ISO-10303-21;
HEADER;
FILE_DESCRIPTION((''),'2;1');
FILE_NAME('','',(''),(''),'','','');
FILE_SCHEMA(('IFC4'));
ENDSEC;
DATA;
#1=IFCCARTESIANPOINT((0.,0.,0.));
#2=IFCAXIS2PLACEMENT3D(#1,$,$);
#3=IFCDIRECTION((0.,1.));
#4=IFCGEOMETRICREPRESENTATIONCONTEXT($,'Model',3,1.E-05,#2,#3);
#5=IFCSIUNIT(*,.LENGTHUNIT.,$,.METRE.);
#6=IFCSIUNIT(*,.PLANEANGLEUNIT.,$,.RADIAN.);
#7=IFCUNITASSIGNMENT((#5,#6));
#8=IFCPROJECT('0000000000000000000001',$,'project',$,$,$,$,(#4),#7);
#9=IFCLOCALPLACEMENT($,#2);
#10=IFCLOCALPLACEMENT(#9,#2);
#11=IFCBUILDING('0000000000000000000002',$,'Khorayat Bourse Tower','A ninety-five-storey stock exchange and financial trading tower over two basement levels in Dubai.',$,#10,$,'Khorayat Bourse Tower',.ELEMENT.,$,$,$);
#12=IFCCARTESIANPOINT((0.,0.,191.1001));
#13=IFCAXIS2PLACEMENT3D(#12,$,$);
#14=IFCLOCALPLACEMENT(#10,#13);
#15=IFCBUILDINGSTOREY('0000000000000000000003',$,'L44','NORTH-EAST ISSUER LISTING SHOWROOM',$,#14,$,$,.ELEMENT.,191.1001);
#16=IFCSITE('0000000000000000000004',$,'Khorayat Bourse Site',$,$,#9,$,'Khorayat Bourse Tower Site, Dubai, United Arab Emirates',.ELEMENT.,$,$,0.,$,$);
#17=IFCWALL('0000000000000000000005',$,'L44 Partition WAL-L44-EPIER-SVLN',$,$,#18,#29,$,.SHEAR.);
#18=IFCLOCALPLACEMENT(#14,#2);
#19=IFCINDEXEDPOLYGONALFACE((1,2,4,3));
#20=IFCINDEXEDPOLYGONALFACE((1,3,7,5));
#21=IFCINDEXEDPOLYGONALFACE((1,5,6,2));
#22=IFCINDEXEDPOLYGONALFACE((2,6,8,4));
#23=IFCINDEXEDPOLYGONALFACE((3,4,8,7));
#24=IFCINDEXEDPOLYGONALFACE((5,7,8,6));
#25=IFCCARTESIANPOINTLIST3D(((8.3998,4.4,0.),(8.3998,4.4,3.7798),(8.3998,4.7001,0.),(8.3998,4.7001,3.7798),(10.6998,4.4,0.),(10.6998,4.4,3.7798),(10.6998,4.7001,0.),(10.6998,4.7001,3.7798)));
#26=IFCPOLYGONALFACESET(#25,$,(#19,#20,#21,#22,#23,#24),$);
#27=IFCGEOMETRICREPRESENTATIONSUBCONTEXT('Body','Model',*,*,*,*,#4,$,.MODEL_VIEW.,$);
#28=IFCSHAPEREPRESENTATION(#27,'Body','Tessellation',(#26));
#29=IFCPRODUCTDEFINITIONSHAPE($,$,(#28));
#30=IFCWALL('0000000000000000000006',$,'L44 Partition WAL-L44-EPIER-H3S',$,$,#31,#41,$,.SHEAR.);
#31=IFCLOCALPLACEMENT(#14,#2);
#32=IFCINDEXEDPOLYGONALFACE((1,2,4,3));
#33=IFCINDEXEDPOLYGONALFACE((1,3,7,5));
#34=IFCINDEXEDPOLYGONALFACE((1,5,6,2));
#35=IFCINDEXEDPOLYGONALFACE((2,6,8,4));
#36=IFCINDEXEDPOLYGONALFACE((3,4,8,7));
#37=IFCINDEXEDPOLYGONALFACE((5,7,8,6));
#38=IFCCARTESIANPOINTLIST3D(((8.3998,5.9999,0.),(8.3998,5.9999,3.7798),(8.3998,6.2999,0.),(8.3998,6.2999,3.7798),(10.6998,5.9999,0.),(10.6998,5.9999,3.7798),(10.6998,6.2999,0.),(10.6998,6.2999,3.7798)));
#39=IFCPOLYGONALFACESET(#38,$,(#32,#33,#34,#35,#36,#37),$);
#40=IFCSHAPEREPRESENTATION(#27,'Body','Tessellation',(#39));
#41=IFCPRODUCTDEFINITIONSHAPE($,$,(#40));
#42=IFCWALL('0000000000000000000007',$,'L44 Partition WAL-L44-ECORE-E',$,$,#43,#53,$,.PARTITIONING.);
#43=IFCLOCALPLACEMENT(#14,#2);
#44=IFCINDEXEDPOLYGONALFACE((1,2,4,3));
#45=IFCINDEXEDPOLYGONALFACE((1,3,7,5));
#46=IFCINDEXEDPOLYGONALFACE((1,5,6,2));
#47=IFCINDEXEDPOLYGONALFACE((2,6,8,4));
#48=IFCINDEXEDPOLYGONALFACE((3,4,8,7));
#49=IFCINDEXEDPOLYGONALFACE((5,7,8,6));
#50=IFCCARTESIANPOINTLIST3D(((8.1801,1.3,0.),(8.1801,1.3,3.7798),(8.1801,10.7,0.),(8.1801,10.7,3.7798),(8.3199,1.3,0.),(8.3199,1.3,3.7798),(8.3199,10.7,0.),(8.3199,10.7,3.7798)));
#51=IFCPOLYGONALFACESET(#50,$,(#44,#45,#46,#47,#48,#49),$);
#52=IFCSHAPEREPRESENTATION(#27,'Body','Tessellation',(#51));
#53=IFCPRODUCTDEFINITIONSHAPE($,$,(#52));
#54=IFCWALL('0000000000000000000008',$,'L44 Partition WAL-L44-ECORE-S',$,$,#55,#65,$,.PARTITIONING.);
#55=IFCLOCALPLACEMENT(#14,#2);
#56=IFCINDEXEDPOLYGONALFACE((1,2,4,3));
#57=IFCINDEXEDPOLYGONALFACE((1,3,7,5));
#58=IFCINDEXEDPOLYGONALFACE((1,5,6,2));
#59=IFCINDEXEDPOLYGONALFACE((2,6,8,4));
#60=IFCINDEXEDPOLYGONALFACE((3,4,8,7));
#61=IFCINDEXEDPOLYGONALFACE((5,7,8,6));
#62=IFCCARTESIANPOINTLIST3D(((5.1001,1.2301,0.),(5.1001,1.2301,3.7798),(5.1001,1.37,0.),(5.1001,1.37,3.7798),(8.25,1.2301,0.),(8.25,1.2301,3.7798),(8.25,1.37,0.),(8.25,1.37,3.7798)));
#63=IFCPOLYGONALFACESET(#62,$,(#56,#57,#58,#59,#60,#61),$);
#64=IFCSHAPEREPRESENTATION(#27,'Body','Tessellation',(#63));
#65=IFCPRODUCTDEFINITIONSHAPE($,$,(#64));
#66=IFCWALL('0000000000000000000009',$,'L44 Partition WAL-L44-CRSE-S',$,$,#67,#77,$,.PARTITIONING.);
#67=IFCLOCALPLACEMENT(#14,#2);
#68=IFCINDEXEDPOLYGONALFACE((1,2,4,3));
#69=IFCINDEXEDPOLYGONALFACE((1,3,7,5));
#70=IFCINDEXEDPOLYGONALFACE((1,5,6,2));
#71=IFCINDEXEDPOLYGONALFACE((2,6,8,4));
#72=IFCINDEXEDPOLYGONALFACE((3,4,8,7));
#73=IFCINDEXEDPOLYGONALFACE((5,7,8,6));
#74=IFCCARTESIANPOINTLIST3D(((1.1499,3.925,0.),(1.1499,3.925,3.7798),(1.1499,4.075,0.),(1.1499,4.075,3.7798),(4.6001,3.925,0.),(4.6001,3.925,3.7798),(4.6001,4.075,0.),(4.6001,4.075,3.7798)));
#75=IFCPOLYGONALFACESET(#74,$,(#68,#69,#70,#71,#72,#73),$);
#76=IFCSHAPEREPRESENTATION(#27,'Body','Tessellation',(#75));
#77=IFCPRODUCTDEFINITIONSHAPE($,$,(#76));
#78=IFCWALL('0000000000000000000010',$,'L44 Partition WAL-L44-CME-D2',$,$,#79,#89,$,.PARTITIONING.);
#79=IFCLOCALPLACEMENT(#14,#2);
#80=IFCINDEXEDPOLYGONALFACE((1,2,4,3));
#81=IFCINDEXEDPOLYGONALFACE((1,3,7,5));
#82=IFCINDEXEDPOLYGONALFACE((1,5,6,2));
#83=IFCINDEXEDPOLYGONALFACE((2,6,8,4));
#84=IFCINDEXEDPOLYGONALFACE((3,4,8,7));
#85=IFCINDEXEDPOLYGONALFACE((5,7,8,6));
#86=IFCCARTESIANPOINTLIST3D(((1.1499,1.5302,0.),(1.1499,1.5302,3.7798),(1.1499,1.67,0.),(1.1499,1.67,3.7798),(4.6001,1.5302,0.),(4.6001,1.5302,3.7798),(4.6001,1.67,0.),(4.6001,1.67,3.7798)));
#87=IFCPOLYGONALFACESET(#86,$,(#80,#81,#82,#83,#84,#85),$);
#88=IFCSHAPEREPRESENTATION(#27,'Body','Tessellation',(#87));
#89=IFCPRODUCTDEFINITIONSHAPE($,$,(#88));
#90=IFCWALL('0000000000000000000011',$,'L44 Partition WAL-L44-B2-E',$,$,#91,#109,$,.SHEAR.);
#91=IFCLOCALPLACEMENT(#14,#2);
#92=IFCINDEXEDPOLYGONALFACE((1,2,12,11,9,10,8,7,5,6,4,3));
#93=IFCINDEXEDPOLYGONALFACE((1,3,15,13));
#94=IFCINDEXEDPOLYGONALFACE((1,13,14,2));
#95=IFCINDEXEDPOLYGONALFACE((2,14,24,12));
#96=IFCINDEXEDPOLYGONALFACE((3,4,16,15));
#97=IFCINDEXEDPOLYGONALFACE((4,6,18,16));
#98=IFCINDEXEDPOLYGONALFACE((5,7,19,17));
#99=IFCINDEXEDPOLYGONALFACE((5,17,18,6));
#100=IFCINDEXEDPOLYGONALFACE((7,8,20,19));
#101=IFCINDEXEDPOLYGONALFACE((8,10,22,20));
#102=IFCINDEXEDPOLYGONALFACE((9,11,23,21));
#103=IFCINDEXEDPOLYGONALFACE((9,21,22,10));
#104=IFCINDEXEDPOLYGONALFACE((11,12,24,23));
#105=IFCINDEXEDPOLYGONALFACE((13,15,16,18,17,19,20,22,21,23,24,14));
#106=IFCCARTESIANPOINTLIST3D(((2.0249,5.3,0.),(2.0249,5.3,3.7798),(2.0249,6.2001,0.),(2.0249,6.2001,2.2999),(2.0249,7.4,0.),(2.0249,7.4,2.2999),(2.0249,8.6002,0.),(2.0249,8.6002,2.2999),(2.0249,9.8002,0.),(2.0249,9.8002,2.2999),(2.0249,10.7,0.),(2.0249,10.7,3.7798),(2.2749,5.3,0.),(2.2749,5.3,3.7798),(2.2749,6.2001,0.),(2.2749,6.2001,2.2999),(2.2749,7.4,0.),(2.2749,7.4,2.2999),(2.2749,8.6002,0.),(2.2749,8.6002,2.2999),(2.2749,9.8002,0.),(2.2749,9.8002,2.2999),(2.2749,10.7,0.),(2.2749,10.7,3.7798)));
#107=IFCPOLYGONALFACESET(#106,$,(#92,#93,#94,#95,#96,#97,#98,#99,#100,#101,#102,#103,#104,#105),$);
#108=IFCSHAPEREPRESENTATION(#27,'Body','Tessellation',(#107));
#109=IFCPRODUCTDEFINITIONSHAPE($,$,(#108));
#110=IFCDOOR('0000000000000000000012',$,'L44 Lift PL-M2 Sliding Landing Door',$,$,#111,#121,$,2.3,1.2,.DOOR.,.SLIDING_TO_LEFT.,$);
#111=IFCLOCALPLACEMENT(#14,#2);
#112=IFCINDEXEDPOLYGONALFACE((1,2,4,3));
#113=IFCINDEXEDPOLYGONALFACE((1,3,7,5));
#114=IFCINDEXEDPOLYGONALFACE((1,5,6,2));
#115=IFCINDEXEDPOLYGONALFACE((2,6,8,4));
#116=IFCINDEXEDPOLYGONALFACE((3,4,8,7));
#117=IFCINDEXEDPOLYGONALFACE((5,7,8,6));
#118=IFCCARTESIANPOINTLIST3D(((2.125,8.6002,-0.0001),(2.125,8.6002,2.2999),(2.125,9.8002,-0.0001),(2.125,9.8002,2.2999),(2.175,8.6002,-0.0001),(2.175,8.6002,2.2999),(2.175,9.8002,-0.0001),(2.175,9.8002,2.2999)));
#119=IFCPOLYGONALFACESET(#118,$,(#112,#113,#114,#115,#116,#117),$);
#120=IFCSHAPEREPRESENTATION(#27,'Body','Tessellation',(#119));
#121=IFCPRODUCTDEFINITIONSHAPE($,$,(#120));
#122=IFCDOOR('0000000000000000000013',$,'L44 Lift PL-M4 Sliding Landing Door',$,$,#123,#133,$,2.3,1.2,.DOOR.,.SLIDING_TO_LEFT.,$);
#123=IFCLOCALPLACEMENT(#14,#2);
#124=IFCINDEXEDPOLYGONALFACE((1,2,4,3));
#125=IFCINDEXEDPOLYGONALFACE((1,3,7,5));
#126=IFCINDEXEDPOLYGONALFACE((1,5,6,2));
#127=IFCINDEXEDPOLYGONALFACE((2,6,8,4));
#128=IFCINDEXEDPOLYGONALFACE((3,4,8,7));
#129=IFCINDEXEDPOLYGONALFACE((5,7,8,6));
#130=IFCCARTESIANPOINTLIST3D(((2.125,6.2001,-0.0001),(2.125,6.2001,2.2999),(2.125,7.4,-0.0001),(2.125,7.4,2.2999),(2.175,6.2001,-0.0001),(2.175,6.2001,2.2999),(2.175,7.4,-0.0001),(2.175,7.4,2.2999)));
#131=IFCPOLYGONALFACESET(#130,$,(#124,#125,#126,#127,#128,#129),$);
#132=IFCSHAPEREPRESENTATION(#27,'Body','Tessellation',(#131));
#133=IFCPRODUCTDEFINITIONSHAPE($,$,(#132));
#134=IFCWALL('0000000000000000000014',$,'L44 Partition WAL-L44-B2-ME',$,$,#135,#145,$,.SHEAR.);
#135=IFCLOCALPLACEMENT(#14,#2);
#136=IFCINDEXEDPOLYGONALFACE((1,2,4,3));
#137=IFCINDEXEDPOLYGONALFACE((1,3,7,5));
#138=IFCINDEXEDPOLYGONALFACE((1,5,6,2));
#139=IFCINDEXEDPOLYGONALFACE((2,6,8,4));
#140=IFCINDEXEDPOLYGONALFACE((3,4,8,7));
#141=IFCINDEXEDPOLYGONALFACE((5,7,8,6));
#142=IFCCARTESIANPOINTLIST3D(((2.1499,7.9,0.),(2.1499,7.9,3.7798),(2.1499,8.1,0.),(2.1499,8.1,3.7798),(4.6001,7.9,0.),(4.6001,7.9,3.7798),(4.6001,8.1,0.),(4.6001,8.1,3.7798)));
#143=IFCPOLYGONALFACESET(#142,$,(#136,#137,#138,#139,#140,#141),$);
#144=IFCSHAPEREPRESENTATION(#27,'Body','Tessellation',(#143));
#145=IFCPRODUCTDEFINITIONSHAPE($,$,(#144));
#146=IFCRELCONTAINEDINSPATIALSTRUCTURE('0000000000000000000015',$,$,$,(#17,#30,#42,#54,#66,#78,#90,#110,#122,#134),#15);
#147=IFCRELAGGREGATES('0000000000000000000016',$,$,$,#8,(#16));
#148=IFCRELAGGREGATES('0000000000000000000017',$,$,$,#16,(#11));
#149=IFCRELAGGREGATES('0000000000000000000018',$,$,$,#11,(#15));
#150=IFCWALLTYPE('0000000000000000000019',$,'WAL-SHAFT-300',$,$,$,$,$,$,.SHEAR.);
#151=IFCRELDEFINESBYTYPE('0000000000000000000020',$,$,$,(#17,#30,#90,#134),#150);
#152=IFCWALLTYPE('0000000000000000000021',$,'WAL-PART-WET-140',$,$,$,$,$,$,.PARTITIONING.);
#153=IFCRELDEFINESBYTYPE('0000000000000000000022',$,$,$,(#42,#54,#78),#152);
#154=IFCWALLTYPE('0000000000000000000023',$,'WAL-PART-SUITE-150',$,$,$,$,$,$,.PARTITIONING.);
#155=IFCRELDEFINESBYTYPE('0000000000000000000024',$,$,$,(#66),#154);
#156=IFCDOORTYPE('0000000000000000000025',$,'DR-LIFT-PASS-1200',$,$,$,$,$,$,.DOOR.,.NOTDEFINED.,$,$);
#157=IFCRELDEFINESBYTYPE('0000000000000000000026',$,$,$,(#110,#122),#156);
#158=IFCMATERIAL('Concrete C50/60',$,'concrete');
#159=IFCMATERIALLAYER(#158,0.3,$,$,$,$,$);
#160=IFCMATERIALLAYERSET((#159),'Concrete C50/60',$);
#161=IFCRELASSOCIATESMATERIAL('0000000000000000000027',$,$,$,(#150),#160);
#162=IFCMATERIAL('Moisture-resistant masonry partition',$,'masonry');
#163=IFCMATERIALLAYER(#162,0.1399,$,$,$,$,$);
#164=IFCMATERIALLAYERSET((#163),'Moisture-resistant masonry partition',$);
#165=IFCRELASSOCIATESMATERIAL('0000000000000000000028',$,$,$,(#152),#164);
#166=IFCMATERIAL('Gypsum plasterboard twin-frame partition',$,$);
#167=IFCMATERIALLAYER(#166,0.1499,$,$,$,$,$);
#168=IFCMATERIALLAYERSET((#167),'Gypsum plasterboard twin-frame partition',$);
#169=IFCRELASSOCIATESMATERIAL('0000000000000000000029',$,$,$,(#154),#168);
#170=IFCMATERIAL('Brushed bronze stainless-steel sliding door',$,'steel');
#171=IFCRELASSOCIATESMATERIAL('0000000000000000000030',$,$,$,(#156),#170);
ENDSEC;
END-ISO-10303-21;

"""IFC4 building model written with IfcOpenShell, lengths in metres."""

from ifc_helpers import new_model, si_unit, direction, frame, frame_2d, origin, place, context, subcontext, project, spatial, rectangle, extrude, source, transform, mapped, material, layer, layer_set, type_object, element, fill, save


model = new_model("IFC4")

# Units and contexts
model_context = context("Model", 3, precision=1e-05, world=origin(), true_north=direction((0.0, 1.0)))
body_context = subcontext(model_context, "Body", "Model", "MODEL_VIEW")
ifc_project = project(units=[si_unit("LENGTHUNIT", "METRE"), si_unit("PLANEANGLEUNIT", "RADIAN")], contexts=[model_context])

# Site, building, storey
site_placement = place(None, origin())
site = spatial("IfcSite", under=ifc_project, at=site_placement, Name="Khorayat Bourse Site", LongName="Khorayat Bourse Tower Site, Dubai, United Arab Emirates", CompositionType="ELEMENT", RefElevation=0.0)
building_placement = place(site_placement, origin())
building = spatial("IfcBuilding", under=site, at=building_placement, Name="Khorayat Bourse Tower", Description="A ninety-five-storey stock exchange and financial trading tower over two basement levels in Dubai.", LongName="Khorayat Bourse Tower", CompositionType="ELEMENT")
storey_placement = place(building_placement, frame((0.0, 0.0, 191.1001)))
storey = spatial("IfcBuildingStorey", under=building, at=storey_placement, Name="L44", Description="NORTH-EAST ISSUER LISTING SHOWROOM", CompositionType="ELEMENT", Elevation=191.1001)

# Walls
ifc_material_1 = material(Name="Concrete C50/60", Category="concrete")
ifc_layer_1 = layer(ifc_material_1, 0.3)
ifc_layer_set_1 = layer_set([ifc_layer_1], Name="Concrete C50/60")
wall_type_1 = type_object("IfcWallType", Name="WAL-SHAFT-300", PredefinedType="SHEAR", material=ifc_layer_set_1)
shared_shape_1 = source(origin(), body_context, "Body", "SweptSolid", [
    extrude(rectangle(XDim=2.3, YDim=0.3, at=frame_2d((1.1499, 0.0))), origin(), (0.0, 0.0, 1.0), 3.7798),
])
for number, where, z_axis, x_axis, name in (
    (1, (8.3999, 4.55, 0.0), (0.0, 0.0, 1.0), (1.0, 0.0, 0.0), "L44 Partition WAL-L44-EPIER-SVLN"),
    (2, (8.3999, 6.1499, 0.0), (0.0, 0.0, 1.0), (1.0, 0.0, 0.0), "L44 Partition WAL-L44-EPIER-H3S"),
):
    element("IfcWall", number, at=place(storey_placement, frame(where, z_axis=z_axis, x_axis=x_axis)), inside=storey, type_object=wall_type_1, Name=name, PredefinedType="SHEAR", context=body_context, shape_type="MappedRepresentation", body=[
        mapped(shared_shape_1, transform((0.0, 0.0, 0.0), scale=1.0)),
    ])
ifc_material_2 = material(Name="Moisture-resistant masonry partition", Category="masonry")
ifc_layer_2 = layer(ifc_material_2, 0.1399)
ifc_layer_set_2 = layer_set([ifc_layer_2], Name="Moisture-resistant masonry partition")
wall_type_2 = type_object("IfcWallType", Name="WAL-PART-WET-140", PredefinedType="PARTITIONING", material=ifc_layer_set_2)
shared_shape_2 = source(origin(), body_context, "Body", "SweptSolid", [
    extrude(rectangle(XDim=9.3999, YDim=0.1399, at=frame_2d((4.7, 0.0))), origin(), (0.0, 0.0, 1.0), 3.7798),
])
wall_1_placement = place(storey_placement, frame((8.25, 1.3, 0.0), z_axis=(0.0, 0.0, 1.0), x_axis=(0.0, 1.0, 0.0)))
element("IfcWall", 3, at=wall_1_placement, inside=storey, type_object=wall_type_2, Name="L44 Partition WAL-L44-ECORE-E", PredefinedType="PARTITIONING", context=body_context, shape_type="MappedRepresentation", body=[
    mapped(shared_shape_2, transform((0.0, 0.0, 0.0), scale=1.0)),
])
shared_shape_3 = source(origin(), body_context, "Body", "SweptSolid", [
    extrude(rectangle(XDim=3.1499, YDim=0.1399, at=frame_2d((1.575, 0.0))), origin(), (0.0, 0.0, 1.0), 3.7798),
])
wall_2_placement = place(storey_placement, frame((5.1001, 1.3, 0.0), z_axis=(0.0, 0.0, 1.0), x_axis=(1.0, 0.0, 0.0)))
element("IfcWall", 4, at=wall_2_placement, inside=storey, type_object=wall_type_2, Name="L44 Partition WAL-L44-ECORE-S", PredefinedType="PARTITIONING", context=body_context, shape_type="MappedRepresentation", body=[
    mapped(shared_shape_3, transform((0.0, 0.0, 0.0), scale=1.0)),
])

# Walls
ifc_material_3 = material(Name="Gypsum plasterboard twin-frame partition")
ifc_layer_3 = layer(ifc_material_3, 0.1499)
ifc_layer_set_3 = layer_set([ifc_layer_3], Name="Gypsum plasterboard twin-frame partition")
wall_type_3 = type_object("IfcWallType", Name="WAL-PART-SUITE-150", PredefinedType="PARTITIONING", material=ifc_layer_set_3)
shared_shape_4 = source(origin(), body_context, "Body", "SweptSolid", [
    extrude(rectangle(XDim=3.4502, YDim=0.1499, at=frame_2d((1.7251, 0.0))), origin(), (0.0, 0.0, 1.0), 3.7798),
])
wall_3_placement = place(storey_placement, frame((1.1499, 4.0, 0.0), z_axis=(0.0, 0.0, 1.0), x_axis=(1.0, 0.0, 0.0)))
element("IfcWall", 5, at=wall_3_placement, inside=storey, type_object=wall_type_3, Name="L44 Partition WAL-L44-CRSE-S", PredefinedType="PARTITIONING", context=body_context, shape_type="MappedRepresentation", body=[
    mapped(shared_shape_4, transform((0.0, 0.0, 0.0), scale=1.0)),
])
shared_shape_5 = source(origin(), body_context, "Body", "SweptSolid", [
    extrude(rectangle(XDim=3.4502, YDim=0.1399, at=frame_2d((1.7251, 0.0))), origin(), (0.0, 0.0, 1.0), 3.7798),
])
wall_4_placement = place(storey_placement, frame((1.1499, 1.6001, 0.0), z_axis=(0.0, 0.0, 1.0), x_axis=(1.0, 0.0, 0.0)))
element("IfcWall", 6, at=wall_4_placement, inside=storey, type_object=wall_type_2, Name="L44 Partition WAL-L44-CME-D2", PredefinedType="PARTITIONING", context=body_context, shape_type="MappedRepresentation", body=[
    mapped(shared_shape_5, transform((0.0, 0.0, 0.0), scale=1.0)),
])

# Wall, openings, doors
shared_shape_6 = source(origin(), body_context, "Body", "SweptSolid", [
    extrude(rectangle(XDim=5.3999, YDim=0.25, at=frame_2d((2.7, 0.0))), origin(), (0.0, 0.0, 1.0), 3.7798),
])
wall_5_placement = place(storey_placement, frame((2.1499, 5.3, 0.0), z_axis=(0.0, 0.0, 1.0), x_axis=(0.0, 1.0, 0.0)))
wall_5 = element("IfcWall", 7, at=wall_5_placement, inside=storey, type_object=wall_type_1, Name="L44 Partition WAL-L44-B2-E", PredefinedType="SHEAR", context=body_context, shape_type="MappedRepresentation", body=[
    mapped(shared_shape_6, transform((0.0, 0.0, 0.0), scale=1.0)),
])
shared_shape_7 = source(origin(), body_context, "Body", "SweptSolid", [
    extrude(rectangle(XDim=1.2, YDim=2.3, at=frame_2d((0.6001, 1.1499))), frame((0.0, 0.135, 0.0), z_axis=(0.0, -1.0, 0.0), x_axis=(1.0, 0.0, 0.0)), (0.0, 0.0, 1.0), 0.27),
])
opening_1_placement = place(wall_5_placement, frame((3.3, 0.0, 0.0)))
opening_1 = element("IfcOpeningElement", 8, at=opening_1_placement, cuts=wall_5, PredefinedType="OPENING", context=body_context, shape_type="MappedRepresentation", body=[
    mapped(shared_shape_7, transform((0.0, 0.0, 0.0), scale=1.0)),
])
opening_2_placement = place(wall_5_placement, frame((0.8999, 0.0, 0.0)))
opening_2 = element("IfcOpeningElement", 9, at=opening_2_placement, cuts=wall_5, PredefinedType="OPENING", context=body_context, shape_type="MappedRepresentation", body=[
    mapped(shared_shape_7, transform((0.0, 0.0, 0.0), scale=1.0)),
])
ifc_material_4 = material(Name="Brushed bronze stainless-steel sliding door", Category="steel")
door_type_1 = type_object("IfcDoorType", Name="DR-LIFT-PASS-1200", OperationType="NOTDEFINED", PredefinedType="DOOR", material=ifc_material_4)
shared_shape_8 = source(origin(), body_context, "Body", "SweptSolid", [
    extrude(rectangle(XDim=1.2, YDim=2.3, at=frame_2d((0.6001, 1.1499))), frame((0.0, 0.0249, 0.0), z_axis=(0.0, -1.0, 0.0), x_axis=(1.0, 0.0, 0.0)), (0.0, 0.0, 1.0), 0.05),
])
door_1_placement = place(opening_1_placement, origin())
door_1 = element("IfcDoor", 10, at=door_1_placement, inside=storey, type_object=door_type_1, Name="L44 Lift PL-M2 Sliding Landing Door", OperationType="SLIDING_TO_LEFT", OverallHeight=2.3, OverallWidth=1.2, PredefinedType="DOOR", context=body_context, shape_type="MappedRepresentation", body=[
    mapped(shared_shape_8, transform((0.0, 0.0, 0.0), scale=1.0)),
])
fill(opening_1, door_1)
door_2_placement = place(opening_2_placement, origin())
door_2 = element("IfcDoor", 11, at=door_2_placement, inside=storey, type_object=door_type_1, Name="L44 Lift PL-M4 Sliding Landing Door", OperationType="SLIDING_TO_LEFT", OverallHeight=2.3, OverallWidth=1.2, PredefinedType="DOOR", context=body_context, shape_type="MappedRepresentation", body=[
    mapped(shared_shape_8, transform((0.0, 0.0, 0.0), scale=1.0)),
])
fill(opening_2, door_2)

# Wall
shared_shape_9 = source(origin(), body_context, "Body", "SweptSolid", [
    extrude(rectangle(XDim=2.4502, YDim=0.2, at=frame_2d((1.2251, 0.0))), origin(), (0.0, 0.0, 1.0), 3.7798),
])
wall_6_placement = place(storey_placement, frame((2.1499, 8.0, 0.0), z_axis=(0.0, 0.0, 1.0), x_axis=(1.0, 0.0, 0.0)))
element("IfcWall", 12, at=wall_6_placement, inside=storey, type_object=wall_type_1, Name="L44 Partition WAL-L44-B2-ME", PredefinedType="SHEAR", context=body_context, shape_type="MappedRepresentation", body=[
    mapped(shared_shape_9, transform((0.0, 0.0, 0.0), scale=1.0)),
])

save(model, "model.ifc")
